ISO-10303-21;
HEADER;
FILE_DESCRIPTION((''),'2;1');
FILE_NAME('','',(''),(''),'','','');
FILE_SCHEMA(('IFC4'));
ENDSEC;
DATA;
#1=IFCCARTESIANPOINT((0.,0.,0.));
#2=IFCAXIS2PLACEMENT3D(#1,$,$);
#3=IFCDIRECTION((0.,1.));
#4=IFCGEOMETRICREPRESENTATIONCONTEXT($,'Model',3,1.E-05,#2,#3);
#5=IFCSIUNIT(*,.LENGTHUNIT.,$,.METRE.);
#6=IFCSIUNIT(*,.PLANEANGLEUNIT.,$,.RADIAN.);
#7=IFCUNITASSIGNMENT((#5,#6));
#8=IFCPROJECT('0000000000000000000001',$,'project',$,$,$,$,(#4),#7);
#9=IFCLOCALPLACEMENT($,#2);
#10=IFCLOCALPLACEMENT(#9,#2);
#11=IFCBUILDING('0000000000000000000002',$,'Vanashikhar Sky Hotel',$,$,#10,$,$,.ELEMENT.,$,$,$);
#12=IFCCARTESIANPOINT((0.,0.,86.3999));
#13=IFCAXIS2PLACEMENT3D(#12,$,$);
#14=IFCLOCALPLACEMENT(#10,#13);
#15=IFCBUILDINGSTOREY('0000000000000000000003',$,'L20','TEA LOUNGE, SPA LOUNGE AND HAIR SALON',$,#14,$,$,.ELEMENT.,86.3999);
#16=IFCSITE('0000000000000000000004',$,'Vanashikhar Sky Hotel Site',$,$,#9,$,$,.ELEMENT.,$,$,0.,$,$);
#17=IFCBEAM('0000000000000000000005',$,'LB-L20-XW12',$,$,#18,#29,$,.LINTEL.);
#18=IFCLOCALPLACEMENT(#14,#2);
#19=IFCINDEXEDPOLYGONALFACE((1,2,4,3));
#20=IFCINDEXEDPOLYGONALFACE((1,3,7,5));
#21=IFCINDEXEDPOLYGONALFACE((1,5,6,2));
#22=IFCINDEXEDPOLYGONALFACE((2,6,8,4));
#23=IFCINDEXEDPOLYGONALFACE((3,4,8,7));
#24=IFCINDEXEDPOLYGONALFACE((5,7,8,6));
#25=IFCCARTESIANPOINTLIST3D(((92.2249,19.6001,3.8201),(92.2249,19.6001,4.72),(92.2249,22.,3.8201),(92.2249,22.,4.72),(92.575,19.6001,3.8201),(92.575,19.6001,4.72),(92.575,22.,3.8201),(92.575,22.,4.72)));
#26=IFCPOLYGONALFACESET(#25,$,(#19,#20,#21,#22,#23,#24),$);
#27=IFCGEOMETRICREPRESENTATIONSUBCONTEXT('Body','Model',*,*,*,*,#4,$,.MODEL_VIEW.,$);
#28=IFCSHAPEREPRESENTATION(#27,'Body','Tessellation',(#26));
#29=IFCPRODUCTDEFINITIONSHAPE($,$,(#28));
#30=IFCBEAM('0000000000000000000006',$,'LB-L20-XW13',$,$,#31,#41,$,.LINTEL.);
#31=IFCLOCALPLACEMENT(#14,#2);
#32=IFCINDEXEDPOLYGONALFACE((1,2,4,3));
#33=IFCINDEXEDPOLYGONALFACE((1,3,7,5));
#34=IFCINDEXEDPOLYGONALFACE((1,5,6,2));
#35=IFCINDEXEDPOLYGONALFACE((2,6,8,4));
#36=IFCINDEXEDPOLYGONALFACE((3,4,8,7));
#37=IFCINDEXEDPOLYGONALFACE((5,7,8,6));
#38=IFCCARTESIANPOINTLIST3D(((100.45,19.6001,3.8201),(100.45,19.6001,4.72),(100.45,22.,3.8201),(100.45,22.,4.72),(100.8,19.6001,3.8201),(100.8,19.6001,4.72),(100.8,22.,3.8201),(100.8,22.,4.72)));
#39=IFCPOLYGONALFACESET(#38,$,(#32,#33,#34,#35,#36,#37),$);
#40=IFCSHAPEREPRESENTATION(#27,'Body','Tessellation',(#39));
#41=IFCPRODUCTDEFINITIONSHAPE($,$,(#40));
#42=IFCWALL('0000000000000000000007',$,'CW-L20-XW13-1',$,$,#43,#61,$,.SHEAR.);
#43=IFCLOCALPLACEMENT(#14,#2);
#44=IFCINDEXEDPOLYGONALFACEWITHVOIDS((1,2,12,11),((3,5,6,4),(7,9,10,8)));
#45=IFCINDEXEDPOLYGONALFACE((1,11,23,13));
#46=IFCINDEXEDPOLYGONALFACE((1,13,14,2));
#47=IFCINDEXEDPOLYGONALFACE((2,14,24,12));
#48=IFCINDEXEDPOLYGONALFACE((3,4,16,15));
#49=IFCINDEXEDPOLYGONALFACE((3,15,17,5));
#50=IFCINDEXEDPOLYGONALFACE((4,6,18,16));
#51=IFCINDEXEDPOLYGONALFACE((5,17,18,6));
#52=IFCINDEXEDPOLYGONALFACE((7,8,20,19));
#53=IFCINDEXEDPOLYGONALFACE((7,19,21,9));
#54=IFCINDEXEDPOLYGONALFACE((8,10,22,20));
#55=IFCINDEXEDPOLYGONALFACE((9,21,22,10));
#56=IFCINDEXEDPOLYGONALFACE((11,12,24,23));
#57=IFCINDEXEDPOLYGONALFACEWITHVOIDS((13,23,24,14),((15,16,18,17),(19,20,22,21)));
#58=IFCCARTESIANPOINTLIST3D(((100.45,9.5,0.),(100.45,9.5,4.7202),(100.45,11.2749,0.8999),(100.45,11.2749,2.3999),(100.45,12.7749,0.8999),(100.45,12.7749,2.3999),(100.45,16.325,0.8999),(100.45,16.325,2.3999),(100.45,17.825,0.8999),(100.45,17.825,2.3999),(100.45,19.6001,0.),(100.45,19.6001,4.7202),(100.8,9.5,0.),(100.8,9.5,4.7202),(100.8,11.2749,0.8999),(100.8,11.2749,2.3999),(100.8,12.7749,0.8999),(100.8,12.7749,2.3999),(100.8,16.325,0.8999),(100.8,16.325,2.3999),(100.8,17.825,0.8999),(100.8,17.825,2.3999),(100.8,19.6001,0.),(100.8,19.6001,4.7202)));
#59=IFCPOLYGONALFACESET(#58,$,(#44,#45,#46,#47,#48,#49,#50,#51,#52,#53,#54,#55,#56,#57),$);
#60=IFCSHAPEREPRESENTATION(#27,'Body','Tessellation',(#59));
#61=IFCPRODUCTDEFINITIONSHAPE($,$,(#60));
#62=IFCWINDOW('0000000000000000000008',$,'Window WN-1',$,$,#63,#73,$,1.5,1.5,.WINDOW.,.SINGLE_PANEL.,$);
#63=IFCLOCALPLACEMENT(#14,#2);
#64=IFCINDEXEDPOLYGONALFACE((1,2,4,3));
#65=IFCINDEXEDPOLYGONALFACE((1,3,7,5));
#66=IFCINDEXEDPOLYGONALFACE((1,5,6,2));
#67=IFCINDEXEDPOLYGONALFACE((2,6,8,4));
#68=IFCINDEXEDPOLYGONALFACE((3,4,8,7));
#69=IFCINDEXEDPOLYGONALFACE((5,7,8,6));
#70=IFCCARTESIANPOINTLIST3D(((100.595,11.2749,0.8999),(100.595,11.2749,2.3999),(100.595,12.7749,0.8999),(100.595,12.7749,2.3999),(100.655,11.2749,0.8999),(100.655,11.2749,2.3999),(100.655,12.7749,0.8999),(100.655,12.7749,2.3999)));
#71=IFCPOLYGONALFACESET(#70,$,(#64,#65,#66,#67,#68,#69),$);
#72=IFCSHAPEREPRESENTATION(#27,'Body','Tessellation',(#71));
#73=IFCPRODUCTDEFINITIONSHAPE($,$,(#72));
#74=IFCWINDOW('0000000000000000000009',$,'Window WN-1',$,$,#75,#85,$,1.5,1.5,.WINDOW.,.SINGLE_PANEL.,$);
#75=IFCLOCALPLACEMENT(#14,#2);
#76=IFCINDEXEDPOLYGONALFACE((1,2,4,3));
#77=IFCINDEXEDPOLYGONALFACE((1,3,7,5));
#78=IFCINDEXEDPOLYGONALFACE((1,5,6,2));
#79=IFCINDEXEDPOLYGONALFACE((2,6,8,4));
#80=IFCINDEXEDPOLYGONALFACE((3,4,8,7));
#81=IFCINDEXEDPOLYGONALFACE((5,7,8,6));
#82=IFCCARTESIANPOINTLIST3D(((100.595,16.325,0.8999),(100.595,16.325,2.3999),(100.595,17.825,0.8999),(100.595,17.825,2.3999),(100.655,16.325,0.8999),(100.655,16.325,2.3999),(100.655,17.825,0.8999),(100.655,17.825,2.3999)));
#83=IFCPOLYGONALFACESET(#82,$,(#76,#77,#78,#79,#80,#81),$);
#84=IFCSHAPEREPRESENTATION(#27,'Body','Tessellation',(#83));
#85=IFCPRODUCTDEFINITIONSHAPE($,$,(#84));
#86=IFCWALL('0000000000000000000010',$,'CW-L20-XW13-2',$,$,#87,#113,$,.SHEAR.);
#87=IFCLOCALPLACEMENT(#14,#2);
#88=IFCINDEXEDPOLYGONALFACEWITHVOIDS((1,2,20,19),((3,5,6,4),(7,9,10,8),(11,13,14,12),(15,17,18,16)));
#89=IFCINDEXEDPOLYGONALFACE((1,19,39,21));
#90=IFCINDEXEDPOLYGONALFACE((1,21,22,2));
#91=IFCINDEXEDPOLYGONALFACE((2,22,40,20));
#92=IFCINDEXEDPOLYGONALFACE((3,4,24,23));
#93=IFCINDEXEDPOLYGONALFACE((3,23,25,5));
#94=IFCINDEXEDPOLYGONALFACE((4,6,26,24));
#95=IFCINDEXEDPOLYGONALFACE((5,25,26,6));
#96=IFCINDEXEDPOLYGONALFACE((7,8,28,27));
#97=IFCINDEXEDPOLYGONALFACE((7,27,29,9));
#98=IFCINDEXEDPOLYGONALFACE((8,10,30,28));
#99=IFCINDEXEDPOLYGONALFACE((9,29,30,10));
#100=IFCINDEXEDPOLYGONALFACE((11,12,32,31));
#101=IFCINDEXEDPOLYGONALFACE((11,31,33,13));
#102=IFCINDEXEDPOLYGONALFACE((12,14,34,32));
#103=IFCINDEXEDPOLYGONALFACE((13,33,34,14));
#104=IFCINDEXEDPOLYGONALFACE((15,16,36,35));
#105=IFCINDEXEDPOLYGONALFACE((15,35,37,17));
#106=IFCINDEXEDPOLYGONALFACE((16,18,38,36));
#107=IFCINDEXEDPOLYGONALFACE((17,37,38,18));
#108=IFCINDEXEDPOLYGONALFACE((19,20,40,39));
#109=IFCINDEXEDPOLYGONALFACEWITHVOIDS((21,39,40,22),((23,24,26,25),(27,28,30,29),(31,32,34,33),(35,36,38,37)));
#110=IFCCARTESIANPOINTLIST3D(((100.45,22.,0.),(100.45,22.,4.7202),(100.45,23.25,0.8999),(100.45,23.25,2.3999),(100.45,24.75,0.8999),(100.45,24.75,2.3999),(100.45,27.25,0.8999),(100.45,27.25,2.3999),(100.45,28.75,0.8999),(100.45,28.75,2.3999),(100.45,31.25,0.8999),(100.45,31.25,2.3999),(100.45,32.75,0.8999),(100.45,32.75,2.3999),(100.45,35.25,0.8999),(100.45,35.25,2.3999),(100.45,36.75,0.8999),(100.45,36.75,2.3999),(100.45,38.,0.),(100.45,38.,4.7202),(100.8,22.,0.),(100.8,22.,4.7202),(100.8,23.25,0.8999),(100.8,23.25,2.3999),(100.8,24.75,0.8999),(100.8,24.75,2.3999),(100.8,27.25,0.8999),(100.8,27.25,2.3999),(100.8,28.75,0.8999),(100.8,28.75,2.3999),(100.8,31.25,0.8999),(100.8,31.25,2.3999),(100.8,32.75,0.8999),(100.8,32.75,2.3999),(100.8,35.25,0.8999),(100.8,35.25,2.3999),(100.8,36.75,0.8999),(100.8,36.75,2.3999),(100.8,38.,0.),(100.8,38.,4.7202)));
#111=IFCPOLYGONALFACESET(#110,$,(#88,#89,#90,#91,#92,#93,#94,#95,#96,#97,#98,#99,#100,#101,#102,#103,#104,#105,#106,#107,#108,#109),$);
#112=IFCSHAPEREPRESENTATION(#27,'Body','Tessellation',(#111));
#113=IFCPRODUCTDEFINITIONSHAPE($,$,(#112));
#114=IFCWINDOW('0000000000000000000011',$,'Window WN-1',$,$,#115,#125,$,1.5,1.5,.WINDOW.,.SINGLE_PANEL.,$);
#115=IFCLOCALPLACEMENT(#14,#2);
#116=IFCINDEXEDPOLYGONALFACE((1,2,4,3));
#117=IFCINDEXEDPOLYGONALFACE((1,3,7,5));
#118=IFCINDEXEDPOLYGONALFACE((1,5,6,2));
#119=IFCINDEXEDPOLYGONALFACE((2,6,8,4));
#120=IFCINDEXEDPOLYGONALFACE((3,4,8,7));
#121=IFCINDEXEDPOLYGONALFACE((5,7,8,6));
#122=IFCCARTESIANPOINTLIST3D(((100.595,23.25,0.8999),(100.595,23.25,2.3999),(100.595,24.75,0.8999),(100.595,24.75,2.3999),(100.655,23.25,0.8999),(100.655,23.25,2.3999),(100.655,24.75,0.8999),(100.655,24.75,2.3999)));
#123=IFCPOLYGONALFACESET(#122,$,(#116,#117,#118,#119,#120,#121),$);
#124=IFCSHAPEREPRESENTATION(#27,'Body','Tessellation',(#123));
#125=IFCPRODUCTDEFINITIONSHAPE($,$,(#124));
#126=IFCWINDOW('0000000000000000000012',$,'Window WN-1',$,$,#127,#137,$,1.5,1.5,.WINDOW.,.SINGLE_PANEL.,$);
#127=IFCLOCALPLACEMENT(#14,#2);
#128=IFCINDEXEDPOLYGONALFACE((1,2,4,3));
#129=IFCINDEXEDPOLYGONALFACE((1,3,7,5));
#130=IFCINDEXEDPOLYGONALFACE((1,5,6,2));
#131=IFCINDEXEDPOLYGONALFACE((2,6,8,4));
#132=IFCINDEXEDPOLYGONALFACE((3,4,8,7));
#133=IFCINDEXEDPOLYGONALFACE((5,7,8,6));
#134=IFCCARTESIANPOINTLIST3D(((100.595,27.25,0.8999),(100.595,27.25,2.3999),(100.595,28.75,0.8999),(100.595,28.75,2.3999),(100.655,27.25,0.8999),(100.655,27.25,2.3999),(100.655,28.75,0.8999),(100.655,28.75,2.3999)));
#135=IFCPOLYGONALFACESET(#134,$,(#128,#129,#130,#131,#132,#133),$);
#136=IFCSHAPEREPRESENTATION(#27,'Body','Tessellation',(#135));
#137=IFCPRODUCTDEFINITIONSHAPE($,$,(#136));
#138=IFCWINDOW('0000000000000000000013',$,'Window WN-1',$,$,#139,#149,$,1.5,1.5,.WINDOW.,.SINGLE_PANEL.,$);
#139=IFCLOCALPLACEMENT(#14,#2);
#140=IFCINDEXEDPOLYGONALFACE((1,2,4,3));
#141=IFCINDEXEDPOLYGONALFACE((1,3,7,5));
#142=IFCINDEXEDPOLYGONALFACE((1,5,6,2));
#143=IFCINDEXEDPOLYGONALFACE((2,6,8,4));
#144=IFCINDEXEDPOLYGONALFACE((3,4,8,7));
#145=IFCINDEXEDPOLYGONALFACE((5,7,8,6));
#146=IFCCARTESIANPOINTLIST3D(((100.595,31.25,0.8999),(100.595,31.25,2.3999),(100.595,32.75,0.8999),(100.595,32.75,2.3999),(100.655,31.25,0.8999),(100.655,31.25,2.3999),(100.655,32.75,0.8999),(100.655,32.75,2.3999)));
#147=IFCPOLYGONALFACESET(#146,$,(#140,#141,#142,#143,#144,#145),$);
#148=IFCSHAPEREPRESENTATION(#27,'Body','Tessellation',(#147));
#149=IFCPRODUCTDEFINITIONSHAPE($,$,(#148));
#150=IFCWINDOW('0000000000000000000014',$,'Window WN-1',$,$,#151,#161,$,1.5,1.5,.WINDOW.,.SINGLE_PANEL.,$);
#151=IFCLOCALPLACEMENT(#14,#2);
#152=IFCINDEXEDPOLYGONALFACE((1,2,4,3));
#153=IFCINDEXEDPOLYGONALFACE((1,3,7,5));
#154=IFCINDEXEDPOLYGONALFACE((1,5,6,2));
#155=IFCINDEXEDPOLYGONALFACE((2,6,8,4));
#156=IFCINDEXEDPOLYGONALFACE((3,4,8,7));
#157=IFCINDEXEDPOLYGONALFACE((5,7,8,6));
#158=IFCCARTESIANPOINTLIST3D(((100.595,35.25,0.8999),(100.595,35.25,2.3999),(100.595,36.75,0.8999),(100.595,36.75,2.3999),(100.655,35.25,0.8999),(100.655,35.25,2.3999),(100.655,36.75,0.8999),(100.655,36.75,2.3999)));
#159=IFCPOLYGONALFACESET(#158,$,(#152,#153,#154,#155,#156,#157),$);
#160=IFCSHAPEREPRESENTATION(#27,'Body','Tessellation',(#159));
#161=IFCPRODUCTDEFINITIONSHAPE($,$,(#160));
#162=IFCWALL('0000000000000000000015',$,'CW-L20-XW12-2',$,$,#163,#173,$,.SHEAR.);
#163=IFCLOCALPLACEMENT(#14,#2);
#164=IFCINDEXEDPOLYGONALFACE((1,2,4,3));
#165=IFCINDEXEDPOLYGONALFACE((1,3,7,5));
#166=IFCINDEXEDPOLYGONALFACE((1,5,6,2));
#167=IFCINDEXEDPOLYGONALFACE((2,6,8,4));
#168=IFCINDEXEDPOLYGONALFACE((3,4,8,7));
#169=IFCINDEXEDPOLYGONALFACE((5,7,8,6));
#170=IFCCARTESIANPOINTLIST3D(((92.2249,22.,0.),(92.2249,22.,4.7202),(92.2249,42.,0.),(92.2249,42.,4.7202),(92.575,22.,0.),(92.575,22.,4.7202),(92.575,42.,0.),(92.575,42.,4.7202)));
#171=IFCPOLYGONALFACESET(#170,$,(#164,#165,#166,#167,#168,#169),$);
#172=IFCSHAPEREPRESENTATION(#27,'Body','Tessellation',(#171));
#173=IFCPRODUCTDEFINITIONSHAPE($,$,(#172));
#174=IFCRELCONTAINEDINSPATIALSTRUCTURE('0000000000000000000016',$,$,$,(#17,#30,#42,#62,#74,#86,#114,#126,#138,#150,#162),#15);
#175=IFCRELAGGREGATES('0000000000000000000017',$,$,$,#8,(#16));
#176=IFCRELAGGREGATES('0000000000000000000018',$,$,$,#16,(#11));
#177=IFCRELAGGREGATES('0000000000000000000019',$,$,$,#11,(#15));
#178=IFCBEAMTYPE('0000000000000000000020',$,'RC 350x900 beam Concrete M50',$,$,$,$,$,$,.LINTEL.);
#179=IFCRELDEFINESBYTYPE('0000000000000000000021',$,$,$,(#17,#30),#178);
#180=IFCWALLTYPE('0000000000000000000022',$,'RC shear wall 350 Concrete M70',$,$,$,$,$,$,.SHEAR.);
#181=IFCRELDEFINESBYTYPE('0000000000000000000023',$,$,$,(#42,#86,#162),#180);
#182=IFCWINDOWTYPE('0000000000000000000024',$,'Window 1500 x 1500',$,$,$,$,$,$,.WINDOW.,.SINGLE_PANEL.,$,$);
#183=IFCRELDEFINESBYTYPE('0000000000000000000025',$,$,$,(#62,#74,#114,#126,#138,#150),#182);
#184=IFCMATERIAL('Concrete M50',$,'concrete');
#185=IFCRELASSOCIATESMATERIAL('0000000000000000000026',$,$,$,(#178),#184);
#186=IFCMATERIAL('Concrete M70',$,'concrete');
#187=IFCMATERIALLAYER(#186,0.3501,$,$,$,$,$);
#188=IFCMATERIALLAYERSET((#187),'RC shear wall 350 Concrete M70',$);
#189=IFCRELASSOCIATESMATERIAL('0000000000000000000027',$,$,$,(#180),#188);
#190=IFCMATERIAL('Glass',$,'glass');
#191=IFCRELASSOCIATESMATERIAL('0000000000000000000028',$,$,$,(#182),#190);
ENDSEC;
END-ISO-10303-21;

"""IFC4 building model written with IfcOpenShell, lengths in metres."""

from ifc_helpers import new_model, si_unit, direction, frame, frame_2d, origin, origin_2d, place, context, subcontext, project, spatial, rectangle, extrude, source, transform, mapped, material, layer, layer_set, material_profile, profile_set, type_object, element, fill, save


model = new_model("IFC4")

# Units and contexts
model_context = context("Model", 3, precision=1e-05, world=origin(), true_north=direction((0.0, 1.0)))
body_context = subcontext(model_context, "Body", "Model", "MODEL_VIEW")
ifc_project = project(units=[si_unit("LENGTHUNIT", "METRE"), si_unit("PLANEANGLEUNIT", "RADIAN")], contexts=[model_context])

# Site, building, storey
site_placement = place(None, origin())
site = spatial("IfcSite", under=ifc_project, at=site_placement, Name="Vanashikhar Sky Hotel Site", CompositionType="ELEMENT", RefElevation=0.0)
building_placement = place(site_placement, origin())
building = spatial("IfcBuilding", under=site, at=building_placement, Name="Vanashikhar Sky Hotel", CompositionType="ELEMENT")
storey_placement = place(building_placement, frame((0.0, 0.0, 86.3999)))
storey = spatial("IfcBuildingStorey", under=building, at=storey_placement, Name="L20", Description="TEA LOUNGE, SPA LOUNGE AND HAIR SALON", CompositionType="ELEMENT", Elevation=86.3999)

# Beams
ifc_material_1 = material(Name="Concrete M50", Category="concrete")
ifc_material_profile = material_profile(ifc_material_1, rectangle(XDim=0.3501, YDim=0.8999, at=origin_2d()))
ifc_profile_set = profile_set([ifc_material_profile], Name="RC 350x900 beam Concrete M50")
beam_type = type_object("IfcBeamType", Name="RC 350x900 beam Concrete M50", PredefinedType="LINTEL", material=ifc_profile_set)
shared_shape_1 = source(origin(), body_context, "Body", "SweptSolid", [
    extrude(rectangle(XDim=0.3501, YDim=0.8999, at=origin_2d()), origin(), (0.0, 0.0, 1.0), 2.3999),
])
for number, where, z_axis, x_axis, name in (
    (1, (92.3999, 19.6001, 4.27), (0.0, 1.0, 0.0), (-1.0, 0.0, 0.0), "LB-L20-XW12"),
    (2, (100.625, 19.6001, 4.27), (0.0, 1.0, 0.0), (-1.0, 0.0, 0.0), "LB-L20-XW13"),
):
    element("IfcBeam", number, at=place(storey_placement, frame(where, z_axis=z_axis, x_axis=x_axis)), inside=storey, type_object=beam_type, Name=name, PredefinedType="LINTEL", context=body_context, shape_type="MappedRepresentation", body=[
        mapped(shared_shape_1, transform((0.0, 0.0, 0.0), scale=1.0)),
    ])

# Walls, openings, windows
ifc_material_2 = material(Name="Concrete M70", Category="concrete")
ifc_layer_1 = layer(ifc_material_2, 0.3501)
ifc_layer_set_1 = layer_set([ifc_layer_1], Name="RC shear wall 350 Concrete M70")
wall_type_1 = type_object("IfcWallType", Name="RC shear wall 350 Concrete M70", PredefinedType="SHEAR", material=ifc_layer_set_1)
shared_shape_2 = source(origin(), body_context, "Body", "SweptSolid", [
    extrude(rectangle(XDim=10.1001, YDim=0.3501, at=frame_2d((5.05, 0.0))), origin(), (0.0, 0.0, 1.0), 4.7202),
])
wall_1_placement = place(storey_placement, frame((100.625, 9.5, 0.0), z_axis=(0.0, 0.0, 1.0), x_axis=(0.0, 1.0, 0.0)))
wall_1 = element("IfcWall", 3, at=wall_1_placement, inside=storey, type_object=wall_type_1, Name="CW-L20-XW13-1", PredefinedType="SHEAR", context=body_context, shape_type="MappedRepresentation", body=[
    mapped(shared_shape_2, transform((0.0, 0.0, 0.0), scale=1.0)),
])
shared_shape_3 = source(origin(), body_context, "Body", "SweptSolid", [
    extrude(rectangle(XDim=1.5, YDim=1.5, at=frame_2d((0.75, 0.75))), frame((0.0, 0.1851, 0.0), z_axis=(0.0, -1.0, 0.0), x_axis=(1.0, 0.0, 0.0)), (0.0, 0.0, 1.0), 0.3701),
])
opening_1_placement = place(wall_1_placement, frame((1.7749, 0.0, 0.8999)))
opening_1 = element("IfcOpeningElement", 4, at=opening_1_placement, cuts=wall_1, PredefinedType="OPENING", context=body_context, shape_type="MappedRepresentation", body=[
    mapped(shared_shape_3, transform((0.0, 0.0, 0.0), scale=1.0)),
])
opening_2_placement = place(wall_1_placement, frame((6.825, 0.0, 0.8999)))
opening_2 = element("IfcOpeningElement", 5, at=opening_2_placement, cuts=wall_1, PredefinedType="OPENING", context=body_context, shape_type="MappedRepresentation", body=[
    mapped(shared_shape_3, transform((0.0, 0.0, 0.0), scale=1.0)),
])
ifc_material_3 = material(Name="Glass", Category="glass")
window_type_1 = type_object("IfcWindowType", Name="Window 1500 x 1500", PartitioningType="SINGLE_PANEL", PredefinedType="WINDOW", material=ifc_material_3)
shared_shape_4 = source(origin(), body_context, "Body", "SweptSolid", [
    extrude(rectangle(XDim=1.5, YDim=1.5, at=frame_2d((0.75, 0.75))), frame((0.0, 0.03, 0.0), z_axis=(0.0, -1.0, 0.0), x_axis=(1.0, 0.0, 0.0)), (0.0, 0.0, 1.0), 0.0601),
])
window_1_placement = place(opening_1_placement, origin())
window_1 = element("IfcWindow", 6, at=window_1_placement, inside=storey, type_object=window_type_1, Name="Window WN-1", OverallHeight=1.5, OverallWidth=1.5, PartitioningType="SINGLE_PANEL", PredefinedType="WINDOW", context=body_context, shape_type="MappedRepresentation", body=[
    mapped(shared_shape_4, transform((0.0, 0.0, 0.0), scale=1.0)),
])
fill(opening_1, window_1)
window_2_placement = place(opening_2_placement, origin())
window_2 = element("IfcWindow", 7, at=window_2_placement, inside=storey, type_object=window_type_1, Name="Window WN-1", OverallHeight=1.5, OverallWidth=1.5, PartitioningType="SINGLE_PANEL", PredefinedType="WINDOW", context=body_context, shape_type="MappedRepresentation", body=[
    mapped(shared_shape_4, transform((0.0, 0.0, 0.0), scale=1.0)),
])
fill(opening_2, window_2)
shared_shape_5 = source(origin(), body_context, "Body", "SweptSolid", [
    extrude(rectangle(XDim=16.0, YDim=0.3501, at=frame_2d((8.0, 0.0))), origin(), (0.0, 0.0, 1.0), 4.7202),
])
wall_2_placement = place(storey_placement, frame((100.625, 22.0, 0.0), z_axis=(0.0, 0.0, 1.0), x_axis=(0.0, 1.0, 0.0)))
wall_2 = element("IfcWall", 8, at=wall_2_placement, inside=storey, type_object=wall_type_1, Name="CW-L20-XW13-2", PredefinedType="SHEAR", context=body_context, shape_type="MappedRepresentation", body=[
    mapped(shared_shape_5, transform((0.0, 0.0, 0.0), scale=1.0)),
])
opening_3_placement = place(wall_2_placement, frame((1.25, 0.0, 0.8999)))
opening_3 = element("IfcOpeningElement", 9, at=opening_3_placement, cuts=wall_2, PredefinedType="OPENING", context=body_context, shape_type="MappedRepresentation", body=[
    mapped(shared_shape_3, transform((0.0, 0.0, 0.0), scale=1.0)),
])
opening_4_placement = place(wall_2_placement, frame((5.25, 0.0, 0.8999)))
opening_4 = element("IfcOpeningElement", 10, at=opening_4_placement, cuts=wall_2, PredefinedType="OPENING", context=body_context, shape_type="MappedRepresentation", body=[
    mapped(shared_shape_3, transform((0.0, 0.0, 0.0), scale=1.0)),
])
opening_5_placement = place(wall_2_placement, frame((9.25, 0.0, 0.8999)))
opening_5 = element("IfcOpeningElement", 11, at=opening_5_placement, cuts=wall_2, PredefinedType="OPENING", context=body_context, shape_type="MappedRepresentation", body=[
    mapped(shared_shape_3, transform((0.0, 0.0, 0.0), scale=1.0)),
])
opening_6_placement = place(wall_2_placement, frame((13.25, 0.0, 0.8999)))
opening_6 = element("IfcOpeningElement", 12, at=opening_6_placement, cuts=wall_2, PredefinedType="OPENING", context=body_context, shape_type="MappedRepresentation", body=[
    mapped(shared_shape_3, transform((0.0, 0.0, 0.0), scale=1.0)),
])
window_3_placement = place(opening_3_placement, origin())
window_3 = element("IfcWindow", 13, at=window_3_placement, inside=storey, type_object=window_type_1, Name="Window WN-1", OverallHeight=1.5, OverallWidth=1.5, PartitioningType="SINGLE_PANEL", PredefinedType="WINDOW", context=body_context, shape_type="MappedRepresentation", body=[
    mapped(shared_shape_4, transform((0.0, 0.0, 0.0), scale=1.0)),
])
fill(opening_3, window_3)
window_4_placement = place(opening_4_placement, origin())
window_4 = element("IfcWindow", 14, at=window_4_placement, inside=storey, type_object=window_type_1, Name="Window WN-1", OverallHeight=1.5, OverallWidth=1.5, PartitioningType="SINGLE_PANEL", PredefinedType="WINDOW", context=body_context, shape_type="MappedRepresentation", body=[
    mapped(shared_shape_4, transform((0.0, 0.0, 0.0), scale=1.0)),
])
fill(opening_4, window_4)
window_5_placement = place(opening_5_placement, origin())
window_5 = element("IfcWindow", 15, at=window_5_placement, inside=storey, type_object=window_type_1, Name="Window WN-1", OverallHeight=1.5, OverallWidth=1.5, PartitioningType="SINGLE_PANEL", PredefinedType="WINDOW", context=body_context, shape_type="MappedRepresentation", body=[
    mapped(shared_shape_4, transform((0.0, 0.0, 0.0), scale=1.0)),
])
fill(opening_5, window_5)
window_6_placement = place(opening_6_placement, origin())
window_6 = element("IfcWindow", 16, at=window_6_placement, inside=storey, type_object=window_type_1, Name="Window WN-1", OverallHeight=1.5, OverallWidth=1.5, PartitioningType="SINGLE_PANEL", PredefinedType="WINDOW", context=body_context, shape_type="MappedRepresentation", body=[
    mapped(shared_shape_4, transform((0.0, 0.0, 0.0), scale=1.0)),
])
fill(opening_6, window_6)

# Wall
shared_shape_6 = source(origin(), body_context, "Body", "SweptSolid", [
    extrude(rectangle(XDim=20.0, YDim=0.3501, at=frame_2d((10.0, 0.0))), origin(), (0.0, 0.0, 1.0), 4.7202),
])
wall_3_placement = place(storey_placement, frame((92.3999, 22.0, 0.0), z_axis=(0.0, 0.0, 1.0), x_axis=(0.0, 1.0, 0.0)))
element("IfcWall", 17, at=wall_3_placement, inside=storey, type_object=wall_type_1, Name="CW-L20-XW12-2", PredefinedType="SHEAR", context=body_context, shape_type="MappedRepresentation", body=[
    mapped(shared_shape_6, transform((0.0, 0.0, 0.0), scale=1.0)),
])

save(model, "model.ifc")
